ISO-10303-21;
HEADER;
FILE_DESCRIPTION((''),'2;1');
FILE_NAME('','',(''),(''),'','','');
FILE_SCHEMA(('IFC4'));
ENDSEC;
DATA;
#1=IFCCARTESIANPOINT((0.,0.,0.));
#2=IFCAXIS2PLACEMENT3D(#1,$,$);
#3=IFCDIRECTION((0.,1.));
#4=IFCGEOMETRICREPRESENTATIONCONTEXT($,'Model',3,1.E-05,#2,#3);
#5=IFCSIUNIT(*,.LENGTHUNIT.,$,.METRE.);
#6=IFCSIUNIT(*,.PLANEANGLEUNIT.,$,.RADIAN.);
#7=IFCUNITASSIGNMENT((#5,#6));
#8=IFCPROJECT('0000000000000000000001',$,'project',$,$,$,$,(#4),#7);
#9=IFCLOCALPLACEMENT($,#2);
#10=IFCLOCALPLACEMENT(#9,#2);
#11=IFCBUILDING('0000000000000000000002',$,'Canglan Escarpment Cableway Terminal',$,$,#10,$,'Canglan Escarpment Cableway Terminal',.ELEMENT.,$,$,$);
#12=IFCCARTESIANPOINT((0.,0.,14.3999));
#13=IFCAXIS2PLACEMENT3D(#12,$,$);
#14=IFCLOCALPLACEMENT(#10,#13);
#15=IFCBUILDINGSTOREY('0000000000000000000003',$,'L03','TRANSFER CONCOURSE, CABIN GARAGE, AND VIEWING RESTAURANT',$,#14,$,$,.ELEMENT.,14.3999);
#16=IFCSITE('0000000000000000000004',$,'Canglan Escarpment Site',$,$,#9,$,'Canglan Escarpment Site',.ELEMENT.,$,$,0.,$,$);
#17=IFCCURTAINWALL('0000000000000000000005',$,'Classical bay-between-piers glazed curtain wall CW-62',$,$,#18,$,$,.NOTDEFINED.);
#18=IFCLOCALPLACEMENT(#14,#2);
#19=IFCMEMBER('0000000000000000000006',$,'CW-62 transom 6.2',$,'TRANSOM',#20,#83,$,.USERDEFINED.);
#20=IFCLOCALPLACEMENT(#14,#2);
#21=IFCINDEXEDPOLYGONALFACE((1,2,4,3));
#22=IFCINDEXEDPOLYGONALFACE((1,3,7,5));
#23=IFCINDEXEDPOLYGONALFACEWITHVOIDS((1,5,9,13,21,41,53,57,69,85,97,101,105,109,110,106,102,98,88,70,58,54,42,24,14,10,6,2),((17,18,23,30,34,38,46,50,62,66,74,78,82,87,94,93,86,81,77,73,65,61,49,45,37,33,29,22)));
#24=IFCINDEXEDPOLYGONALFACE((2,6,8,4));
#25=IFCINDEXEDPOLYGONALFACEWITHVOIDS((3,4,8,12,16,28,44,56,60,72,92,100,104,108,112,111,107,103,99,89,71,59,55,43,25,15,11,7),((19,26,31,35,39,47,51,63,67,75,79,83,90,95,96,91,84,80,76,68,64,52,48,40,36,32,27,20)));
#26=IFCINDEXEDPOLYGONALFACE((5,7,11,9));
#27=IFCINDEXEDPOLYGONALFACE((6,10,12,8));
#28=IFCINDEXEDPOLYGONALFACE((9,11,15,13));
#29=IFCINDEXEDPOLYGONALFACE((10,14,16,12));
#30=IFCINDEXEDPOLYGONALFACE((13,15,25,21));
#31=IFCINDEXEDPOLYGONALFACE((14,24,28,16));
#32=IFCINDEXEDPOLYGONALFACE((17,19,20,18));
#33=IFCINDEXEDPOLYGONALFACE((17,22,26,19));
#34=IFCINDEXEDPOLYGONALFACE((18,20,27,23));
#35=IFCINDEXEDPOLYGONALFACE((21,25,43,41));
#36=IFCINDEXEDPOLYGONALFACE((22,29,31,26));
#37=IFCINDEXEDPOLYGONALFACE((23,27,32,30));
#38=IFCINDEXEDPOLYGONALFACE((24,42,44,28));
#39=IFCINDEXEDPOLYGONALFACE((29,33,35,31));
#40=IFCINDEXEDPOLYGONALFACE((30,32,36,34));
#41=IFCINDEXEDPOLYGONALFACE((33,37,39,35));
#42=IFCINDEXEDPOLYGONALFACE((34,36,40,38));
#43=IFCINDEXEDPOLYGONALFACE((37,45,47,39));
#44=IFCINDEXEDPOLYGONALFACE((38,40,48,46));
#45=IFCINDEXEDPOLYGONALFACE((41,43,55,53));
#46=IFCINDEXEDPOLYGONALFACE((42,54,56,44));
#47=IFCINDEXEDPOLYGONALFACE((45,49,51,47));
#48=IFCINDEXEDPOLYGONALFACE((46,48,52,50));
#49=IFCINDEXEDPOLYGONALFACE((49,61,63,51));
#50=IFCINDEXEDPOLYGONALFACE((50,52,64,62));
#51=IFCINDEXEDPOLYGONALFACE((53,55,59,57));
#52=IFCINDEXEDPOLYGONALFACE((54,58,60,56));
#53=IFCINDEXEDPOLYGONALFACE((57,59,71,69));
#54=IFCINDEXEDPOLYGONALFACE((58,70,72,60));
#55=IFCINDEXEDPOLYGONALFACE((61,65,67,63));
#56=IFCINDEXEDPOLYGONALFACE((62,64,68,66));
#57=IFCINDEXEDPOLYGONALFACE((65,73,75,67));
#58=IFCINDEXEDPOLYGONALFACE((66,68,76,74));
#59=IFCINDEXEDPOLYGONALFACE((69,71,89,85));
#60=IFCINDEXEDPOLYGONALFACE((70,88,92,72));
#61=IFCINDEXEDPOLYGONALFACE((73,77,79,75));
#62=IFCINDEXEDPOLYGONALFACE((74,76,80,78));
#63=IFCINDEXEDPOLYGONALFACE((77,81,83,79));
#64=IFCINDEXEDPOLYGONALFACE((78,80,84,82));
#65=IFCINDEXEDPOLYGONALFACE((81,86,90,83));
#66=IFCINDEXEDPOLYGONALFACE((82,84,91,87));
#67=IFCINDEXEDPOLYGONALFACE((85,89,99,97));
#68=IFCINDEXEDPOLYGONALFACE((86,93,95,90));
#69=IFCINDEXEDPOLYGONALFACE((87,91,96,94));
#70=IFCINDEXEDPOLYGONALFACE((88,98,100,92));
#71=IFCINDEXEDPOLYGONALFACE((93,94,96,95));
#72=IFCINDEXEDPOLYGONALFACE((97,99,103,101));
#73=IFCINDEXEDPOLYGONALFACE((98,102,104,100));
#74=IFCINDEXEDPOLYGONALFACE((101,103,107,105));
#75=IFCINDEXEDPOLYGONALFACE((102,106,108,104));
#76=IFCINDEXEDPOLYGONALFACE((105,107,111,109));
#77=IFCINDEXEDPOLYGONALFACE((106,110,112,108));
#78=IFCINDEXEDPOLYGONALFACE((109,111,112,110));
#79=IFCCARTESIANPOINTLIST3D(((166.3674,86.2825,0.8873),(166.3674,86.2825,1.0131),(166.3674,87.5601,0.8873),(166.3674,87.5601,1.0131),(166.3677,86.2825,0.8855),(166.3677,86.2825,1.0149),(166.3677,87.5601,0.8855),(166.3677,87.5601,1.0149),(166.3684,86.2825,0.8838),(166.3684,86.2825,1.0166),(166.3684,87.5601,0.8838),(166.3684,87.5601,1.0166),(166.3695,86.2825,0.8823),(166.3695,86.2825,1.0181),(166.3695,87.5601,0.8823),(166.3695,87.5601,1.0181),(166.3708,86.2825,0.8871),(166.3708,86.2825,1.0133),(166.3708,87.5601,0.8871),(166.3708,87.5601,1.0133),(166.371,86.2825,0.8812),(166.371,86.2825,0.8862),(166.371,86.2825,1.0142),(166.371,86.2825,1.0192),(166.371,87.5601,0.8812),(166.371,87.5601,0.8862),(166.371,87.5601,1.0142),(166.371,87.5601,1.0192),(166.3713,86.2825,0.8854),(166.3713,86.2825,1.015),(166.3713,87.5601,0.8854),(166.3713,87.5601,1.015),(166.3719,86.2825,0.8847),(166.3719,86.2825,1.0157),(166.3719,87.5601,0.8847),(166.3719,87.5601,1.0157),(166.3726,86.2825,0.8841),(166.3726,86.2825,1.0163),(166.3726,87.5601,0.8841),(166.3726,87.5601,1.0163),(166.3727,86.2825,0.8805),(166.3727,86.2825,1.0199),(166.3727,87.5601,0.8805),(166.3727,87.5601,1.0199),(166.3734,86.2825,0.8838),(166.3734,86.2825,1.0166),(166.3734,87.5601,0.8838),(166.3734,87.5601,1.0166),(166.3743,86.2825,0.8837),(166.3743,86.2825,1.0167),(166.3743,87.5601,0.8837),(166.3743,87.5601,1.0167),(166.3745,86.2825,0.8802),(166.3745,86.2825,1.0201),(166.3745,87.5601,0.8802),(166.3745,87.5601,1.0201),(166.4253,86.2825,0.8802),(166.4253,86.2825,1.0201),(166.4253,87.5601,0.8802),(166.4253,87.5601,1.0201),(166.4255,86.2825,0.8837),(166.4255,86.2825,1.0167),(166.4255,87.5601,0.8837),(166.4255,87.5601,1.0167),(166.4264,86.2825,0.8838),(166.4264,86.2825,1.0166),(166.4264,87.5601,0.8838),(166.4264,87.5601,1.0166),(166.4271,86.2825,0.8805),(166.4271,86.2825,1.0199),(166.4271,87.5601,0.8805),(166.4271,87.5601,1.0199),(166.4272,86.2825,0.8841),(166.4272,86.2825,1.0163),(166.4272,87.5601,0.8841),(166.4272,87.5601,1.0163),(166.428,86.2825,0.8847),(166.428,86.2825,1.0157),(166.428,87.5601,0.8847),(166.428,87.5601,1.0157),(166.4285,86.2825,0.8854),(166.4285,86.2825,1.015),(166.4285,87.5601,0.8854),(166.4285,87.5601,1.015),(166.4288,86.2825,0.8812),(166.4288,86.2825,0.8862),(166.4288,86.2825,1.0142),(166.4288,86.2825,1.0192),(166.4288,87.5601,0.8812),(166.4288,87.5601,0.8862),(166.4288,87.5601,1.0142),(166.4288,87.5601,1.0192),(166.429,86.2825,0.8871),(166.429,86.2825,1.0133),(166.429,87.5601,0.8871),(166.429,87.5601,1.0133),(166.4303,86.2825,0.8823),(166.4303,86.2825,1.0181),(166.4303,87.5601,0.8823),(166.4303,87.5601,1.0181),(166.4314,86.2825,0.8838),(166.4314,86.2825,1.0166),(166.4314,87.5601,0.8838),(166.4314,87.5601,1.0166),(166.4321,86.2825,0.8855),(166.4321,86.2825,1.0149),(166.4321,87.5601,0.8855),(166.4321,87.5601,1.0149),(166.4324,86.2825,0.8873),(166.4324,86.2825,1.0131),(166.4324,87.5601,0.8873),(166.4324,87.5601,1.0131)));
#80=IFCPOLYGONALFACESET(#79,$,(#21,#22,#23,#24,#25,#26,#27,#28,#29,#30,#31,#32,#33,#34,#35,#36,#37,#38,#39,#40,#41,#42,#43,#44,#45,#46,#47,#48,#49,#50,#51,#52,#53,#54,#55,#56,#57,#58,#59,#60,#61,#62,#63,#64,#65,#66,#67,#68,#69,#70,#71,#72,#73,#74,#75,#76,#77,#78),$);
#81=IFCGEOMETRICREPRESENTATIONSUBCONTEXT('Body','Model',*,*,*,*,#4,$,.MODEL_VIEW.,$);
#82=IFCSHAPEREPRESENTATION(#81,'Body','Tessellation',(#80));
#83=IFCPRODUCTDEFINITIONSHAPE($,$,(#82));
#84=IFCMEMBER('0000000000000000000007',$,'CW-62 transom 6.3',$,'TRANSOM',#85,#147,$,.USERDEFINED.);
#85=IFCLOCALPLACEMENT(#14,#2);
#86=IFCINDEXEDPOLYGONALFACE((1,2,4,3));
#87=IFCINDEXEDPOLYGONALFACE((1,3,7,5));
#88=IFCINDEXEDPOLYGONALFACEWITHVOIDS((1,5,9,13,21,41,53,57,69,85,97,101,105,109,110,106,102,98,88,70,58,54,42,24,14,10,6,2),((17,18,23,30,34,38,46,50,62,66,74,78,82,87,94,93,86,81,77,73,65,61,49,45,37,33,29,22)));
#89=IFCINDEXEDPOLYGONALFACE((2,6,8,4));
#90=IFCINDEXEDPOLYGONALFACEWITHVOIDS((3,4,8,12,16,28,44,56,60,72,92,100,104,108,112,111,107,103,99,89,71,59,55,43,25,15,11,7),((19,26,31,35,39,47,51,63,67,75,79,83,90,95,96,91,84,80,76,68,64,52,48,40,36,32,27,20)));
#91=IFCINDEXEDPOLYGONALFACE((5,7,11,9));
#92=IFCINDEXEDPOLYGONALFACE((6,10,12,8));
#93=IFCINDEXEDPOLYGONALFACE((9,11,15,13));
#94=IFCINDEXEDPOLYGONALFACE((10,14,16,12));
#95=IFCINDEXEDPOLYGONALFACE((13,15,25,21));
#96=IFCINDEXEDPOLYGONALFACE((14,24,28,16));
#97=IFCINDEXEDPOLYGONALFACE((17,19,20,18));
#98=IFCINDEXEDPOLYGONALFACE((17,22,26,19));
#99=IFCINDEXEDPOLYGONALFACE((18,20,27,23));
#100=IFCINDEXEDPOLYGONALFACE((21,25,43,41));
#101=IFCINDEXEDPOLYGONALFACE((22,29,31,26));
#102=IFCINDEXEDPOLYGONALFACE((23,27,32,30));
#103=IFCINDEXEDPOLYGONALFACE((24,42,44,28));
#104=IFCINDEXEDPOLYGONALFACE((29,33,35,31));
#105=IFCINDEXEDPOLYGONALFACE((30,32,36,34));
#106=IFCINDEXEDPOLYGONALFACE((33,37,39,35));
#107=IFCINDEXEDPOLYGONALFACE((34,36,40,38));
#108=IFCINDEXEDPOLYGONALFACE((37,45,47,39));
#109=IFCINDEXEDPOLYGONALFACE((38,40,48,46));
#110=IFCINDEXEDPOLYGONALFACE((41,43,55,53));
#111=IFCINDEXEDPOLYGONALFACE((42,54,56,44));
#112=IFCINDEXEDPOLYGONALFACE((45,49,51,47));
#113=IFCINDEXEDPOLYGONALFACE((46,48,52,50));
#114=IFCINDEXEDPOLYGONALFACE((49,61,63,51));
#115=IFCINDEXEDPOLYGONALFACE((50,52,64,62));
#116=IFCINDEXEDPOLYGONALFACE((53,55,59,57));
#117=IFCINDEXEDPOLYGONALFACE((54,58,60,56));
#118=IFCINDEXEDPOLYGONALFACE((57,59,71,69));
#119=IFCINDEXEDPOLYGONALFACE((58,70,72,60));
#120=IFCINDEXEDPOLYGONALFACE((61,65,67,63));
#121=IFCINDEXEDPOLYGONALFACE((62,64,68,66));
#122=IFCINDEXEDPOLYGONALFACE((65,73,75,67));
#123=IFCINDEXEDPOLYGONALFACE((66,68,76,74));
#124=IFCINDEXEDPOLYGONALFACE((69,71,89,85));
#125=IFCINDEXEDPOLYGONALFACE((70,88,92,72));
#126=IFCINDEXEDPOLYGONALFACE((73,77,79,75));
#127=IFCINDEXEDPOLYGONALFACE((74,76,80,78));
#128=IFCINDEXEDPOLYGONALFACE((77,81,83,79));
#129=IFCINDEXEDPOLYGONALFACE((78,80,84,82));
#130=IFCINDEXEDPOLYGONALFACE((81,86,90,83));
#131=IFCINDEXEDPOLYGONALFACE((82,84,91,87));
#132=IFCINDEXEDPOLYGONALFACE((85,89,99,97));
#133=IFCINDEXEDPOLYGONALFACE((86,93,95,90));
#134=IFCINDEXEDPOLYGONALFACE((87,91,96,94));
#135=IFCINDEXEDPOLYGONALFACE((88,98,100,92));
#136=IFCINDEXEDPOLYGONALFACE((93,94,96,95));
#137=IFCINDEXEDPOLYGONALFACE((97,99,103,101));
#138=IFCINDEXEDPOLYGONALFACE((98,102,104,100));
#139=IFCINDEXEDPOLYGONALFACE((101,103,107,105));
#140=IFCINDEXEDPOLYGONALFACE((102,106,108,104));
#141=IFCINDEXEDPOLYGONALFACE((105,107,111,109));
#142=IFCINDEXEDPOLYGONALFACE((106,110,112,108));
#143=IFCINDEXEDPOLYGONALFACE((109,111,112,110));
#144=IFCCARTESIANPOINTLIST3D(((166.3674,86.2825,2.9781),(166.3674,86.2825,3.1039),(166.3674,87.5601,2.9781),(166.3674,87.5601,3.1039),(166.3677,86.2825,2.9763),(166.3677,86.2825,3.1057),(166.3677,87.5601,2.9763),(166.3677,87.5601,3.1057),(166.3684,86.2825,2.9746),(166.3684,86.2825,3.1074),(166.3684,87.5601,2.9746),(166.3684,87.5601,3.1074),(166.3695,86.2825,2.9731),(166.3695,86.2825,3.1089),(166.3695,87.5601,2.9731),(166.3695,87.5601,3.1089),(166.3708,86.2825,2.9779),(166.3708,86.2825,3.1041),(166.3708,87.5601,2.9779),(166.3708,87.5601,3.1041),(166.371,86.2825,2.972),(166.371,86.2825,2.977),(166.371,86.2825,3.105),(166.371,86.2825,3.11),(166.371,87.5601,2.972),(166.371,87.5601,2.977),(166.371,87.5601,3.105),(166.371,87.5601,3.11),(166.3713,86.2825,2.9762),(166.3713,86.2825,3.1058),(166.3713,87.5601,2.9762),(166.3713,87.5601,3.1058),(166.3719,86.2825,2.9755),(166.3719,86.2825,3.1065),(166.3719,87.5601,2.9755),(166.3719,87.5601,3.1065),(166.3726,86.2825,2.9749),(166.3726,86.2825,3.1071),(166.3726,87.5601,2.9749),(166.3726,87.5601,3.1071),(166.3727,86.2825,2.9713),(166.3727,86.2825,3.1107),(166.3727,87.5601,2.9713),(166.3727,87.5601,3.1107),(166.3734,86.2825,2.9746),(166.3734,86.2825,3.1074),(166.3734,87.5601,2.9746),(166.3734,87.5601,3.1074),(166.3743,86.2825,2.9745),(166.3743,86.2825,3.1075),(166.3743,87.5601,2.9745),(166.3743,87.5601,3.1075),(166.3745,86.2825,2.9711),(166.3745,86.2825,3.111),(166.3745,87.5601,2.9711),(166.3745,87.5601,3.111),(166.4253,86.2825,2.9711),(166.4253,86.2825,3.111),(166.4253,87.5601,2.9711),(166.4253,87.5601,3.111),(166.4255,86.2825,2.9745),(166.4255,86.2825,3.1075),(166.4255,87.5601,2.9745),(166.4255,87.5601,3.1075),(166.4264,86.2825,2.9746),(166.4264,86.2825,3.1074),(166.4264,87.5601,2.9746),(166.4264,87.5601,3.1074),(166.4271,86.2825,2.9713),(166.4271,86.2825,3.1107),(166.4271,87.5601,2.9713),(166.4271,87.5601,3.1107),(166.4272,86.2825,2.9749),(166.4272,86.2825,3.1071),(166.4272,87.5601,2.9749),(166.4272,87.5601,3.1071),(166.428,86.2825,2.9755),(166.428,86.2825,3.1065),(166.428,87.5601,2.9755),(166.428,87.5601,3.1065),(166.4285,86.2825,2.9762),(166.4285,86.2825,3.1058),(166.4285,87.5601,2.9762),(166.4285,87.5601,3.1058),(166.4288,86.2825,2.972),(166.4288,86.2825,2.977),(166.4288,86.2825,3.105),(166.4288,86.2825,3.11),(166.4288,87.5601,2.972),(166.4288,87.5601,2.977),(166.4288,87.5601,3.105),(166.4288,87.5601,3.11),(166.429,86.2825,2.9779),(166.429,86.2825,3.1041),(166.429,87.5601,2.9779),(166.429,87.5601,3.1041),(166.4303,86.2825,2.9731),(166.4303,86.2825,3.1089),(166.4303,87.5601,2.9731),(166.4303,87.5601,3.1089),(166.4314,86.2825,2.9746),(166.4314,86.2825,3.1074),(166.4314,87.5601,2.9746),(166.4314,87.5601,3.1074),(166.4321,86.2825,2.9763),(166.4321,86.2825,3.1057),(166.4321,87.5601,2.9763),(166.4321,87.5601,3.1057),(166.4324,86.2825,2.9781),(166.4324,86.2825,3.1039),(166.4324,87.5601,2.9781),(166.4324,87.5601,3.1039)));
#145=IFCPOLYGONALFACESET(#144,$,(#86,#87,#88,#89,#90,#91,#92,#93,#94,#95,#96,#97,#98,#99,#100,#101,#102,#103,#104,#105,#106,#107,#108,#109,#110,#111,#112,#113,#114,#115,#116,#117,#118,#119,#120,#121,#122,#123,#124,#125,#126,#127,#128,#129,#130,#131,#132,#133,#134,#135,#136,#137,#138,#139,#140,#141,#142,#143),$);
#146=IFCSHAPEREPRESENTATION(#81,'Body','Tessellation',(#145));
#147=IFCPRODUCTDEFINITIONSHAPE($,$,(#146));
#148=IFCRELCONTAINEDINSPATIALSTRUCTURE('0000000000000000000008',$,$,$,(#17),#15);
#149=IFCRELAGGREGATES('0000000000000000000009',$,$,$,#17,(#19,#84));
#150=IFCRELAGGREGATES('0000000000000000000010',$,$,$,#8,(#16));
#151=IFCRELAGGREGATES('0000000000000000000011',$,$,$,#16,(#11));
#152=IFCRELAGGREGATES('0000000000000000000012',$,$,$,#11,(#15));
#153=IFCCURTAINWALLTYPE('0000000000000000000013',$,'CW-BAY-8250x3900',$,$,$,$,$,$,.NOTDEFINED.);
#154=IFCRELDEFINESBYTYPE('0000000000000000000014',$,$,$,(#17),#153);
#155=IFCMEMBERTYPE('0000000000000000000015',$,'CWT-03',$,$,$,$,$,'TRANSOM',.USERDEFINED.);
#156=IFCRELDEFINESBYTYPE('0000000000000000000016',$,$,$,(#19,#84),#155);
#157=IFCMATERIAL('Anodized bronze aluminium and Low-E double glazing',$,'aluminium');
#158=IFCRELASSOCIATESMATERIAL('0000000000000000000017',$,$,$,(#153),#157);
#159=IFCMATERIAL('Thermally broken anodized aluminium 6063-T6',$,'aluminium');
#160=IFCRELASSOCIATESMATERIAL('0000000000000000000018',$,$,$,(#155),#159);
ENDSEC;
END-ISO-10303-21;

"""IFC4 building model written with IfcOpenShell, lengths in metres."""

from ifc_helpers import new_model, si_unit, direction, frame, origin, origin_2d, place, context, subcontext, project, spatial, hollow_rectangle, extrude, material, material_profile, profile_set, type_object, element, aggregate, save


model = new_model("IFC4")

# Units and contexts
model_context = context("Model", 3, precision=1e-05, world=origin(), true_north=direction((0.0, 1.0)))
body_context = subcontext(model_context, "Body", "Model", "MODEL_VIEW")
ifc_project = project(units=[si_unit("LENGTHUNIT", "METRE"), si_unit("PLANEANGLEUNIT", "RADIAN")], contexts=[model_context])

# Site, building, storey
site_placement = place(None, origin())
site = spatial("IfcSite", under=ifc_project, at=site_placement, Name="Canglan Escarpment Site", LongName="Canglan Escarpment Site", CompositionType="ELEMENT", RefElevation=0.0)
building_placement = place(site_placement, origin())
building = spatial("IfcBuilding", under=site, at=building_placement, Name="Canglan Escarpment Cableway Terminal", LongName="Canglan Escarpment Cableway Terminal", CompositionType="ELEMENT")
storey_placement = place(building_placement, frame((0.0, 0.0, 14.3999)))
storey = spatial("IfcBuildingStorey", under=building, at=storey_placement, Name="L03", Description="TRANSFER CONCOURSE, CABIN GARAGE, AND VIEWING RESTAURANT", CompositionType="ELEMENT", Elevation=14.3999)

# Curtain wall
ifc_material_1 = material(Name="Anodized bronze aluminium and Low-E double glazing", Category="aluminium")
curtain_wall_type = type_object("IfcCurtainWallType", Name="CW-BAY-8250x3900", PredefinedType="NOTDEFINED", material=ifc_material_1)
ifc_material_2 = material(Name="Thermally broken anodized aluminium 6063-T6", Category="aluminium")
curtain_wall_1_placement = place(storey_placement, origin())
curtain_wall_1 = element("IfcCurtainWall", 1, at=curtain_wall_1_placement, inside=storey, type_object=curtain_wall_type, Name="Classical bay-between-piers glazed curtain wall CW-62", PredefinedType="NOTDEFINED")

# Members
ifc_material_profile_1 = material_profile(ifc_material_2, hollow_rectangle(XDim=0.0649, YDim=0.1399, WallThickness=0.0034, InnerFilletRadius=0.0034, OuterFilletRadius=0.0071, at=origin_2d()), Name="ALU-TRAN 65x140x3.5")
ifc_profile_set_1 = profile_set([ifc_material_profile_1], Name="Thermally broken anodized aluminium 6063-T6")
member_type_1 = type_object("IfcMemberType", Name="CWT-03", ElementType="TRANSOM", PredefinedType="USERDEFINED", material=ifc_profile_set_1)
member_1_placement = place(storey_placement, frame((166.3999, 86.2825, 0.9502), z_axis=(0.0, 1.0, 0.0), x_axis=(-1.0, 0.0, 0.0)))
member_1 = element("IfcMember", 2, at=member_1_placement, type_object=member_type_1, Name="CW-62 transom 6.2", ObjectType="TRANSOM", PredefinedType="USERDEFINED", context=body_context, shape_type="SweptSolid", body=[
    extrude(hollow_rectangle(XDim=0.0649, YDim=0.1399, WallThickness=0.0034, InnerFilletRadius=0.0034, OuterFilletRadius=0.0071, at=origin_2d()), origin(), (0.0, 0.0, 1.0), 1.2776),
])
member_2_placement = place(storey_placement, frame((166.3999, 86.2825, 3.041), z_axis=(0.0, 1.0, 0.0), x_axis=(-1.0, 0.0, 0.0)))
member_2 = element("IfcMember", 3, at=member_2_placement, type_object=member_type_1, Name="CW-62 transom 6.3", ObjectType="TRANSOM", PredefinedType="USERDEFINED", context=body_context, shape_type="SweptSolid", body=[
    extrude(hollow_rectangle(XDim=0.0649, YDim=0.1399, WallThickness=0.0034, InnerFilletRadius=0.0034, OuterFilletRadius=0.0071, at=origin_2d()), origin(), (0.0, 0.0, 1.0), 1.2776),
])

aggregate(curtain_wall_1, [member_1, member_2])

save(model, "model.ifc")
